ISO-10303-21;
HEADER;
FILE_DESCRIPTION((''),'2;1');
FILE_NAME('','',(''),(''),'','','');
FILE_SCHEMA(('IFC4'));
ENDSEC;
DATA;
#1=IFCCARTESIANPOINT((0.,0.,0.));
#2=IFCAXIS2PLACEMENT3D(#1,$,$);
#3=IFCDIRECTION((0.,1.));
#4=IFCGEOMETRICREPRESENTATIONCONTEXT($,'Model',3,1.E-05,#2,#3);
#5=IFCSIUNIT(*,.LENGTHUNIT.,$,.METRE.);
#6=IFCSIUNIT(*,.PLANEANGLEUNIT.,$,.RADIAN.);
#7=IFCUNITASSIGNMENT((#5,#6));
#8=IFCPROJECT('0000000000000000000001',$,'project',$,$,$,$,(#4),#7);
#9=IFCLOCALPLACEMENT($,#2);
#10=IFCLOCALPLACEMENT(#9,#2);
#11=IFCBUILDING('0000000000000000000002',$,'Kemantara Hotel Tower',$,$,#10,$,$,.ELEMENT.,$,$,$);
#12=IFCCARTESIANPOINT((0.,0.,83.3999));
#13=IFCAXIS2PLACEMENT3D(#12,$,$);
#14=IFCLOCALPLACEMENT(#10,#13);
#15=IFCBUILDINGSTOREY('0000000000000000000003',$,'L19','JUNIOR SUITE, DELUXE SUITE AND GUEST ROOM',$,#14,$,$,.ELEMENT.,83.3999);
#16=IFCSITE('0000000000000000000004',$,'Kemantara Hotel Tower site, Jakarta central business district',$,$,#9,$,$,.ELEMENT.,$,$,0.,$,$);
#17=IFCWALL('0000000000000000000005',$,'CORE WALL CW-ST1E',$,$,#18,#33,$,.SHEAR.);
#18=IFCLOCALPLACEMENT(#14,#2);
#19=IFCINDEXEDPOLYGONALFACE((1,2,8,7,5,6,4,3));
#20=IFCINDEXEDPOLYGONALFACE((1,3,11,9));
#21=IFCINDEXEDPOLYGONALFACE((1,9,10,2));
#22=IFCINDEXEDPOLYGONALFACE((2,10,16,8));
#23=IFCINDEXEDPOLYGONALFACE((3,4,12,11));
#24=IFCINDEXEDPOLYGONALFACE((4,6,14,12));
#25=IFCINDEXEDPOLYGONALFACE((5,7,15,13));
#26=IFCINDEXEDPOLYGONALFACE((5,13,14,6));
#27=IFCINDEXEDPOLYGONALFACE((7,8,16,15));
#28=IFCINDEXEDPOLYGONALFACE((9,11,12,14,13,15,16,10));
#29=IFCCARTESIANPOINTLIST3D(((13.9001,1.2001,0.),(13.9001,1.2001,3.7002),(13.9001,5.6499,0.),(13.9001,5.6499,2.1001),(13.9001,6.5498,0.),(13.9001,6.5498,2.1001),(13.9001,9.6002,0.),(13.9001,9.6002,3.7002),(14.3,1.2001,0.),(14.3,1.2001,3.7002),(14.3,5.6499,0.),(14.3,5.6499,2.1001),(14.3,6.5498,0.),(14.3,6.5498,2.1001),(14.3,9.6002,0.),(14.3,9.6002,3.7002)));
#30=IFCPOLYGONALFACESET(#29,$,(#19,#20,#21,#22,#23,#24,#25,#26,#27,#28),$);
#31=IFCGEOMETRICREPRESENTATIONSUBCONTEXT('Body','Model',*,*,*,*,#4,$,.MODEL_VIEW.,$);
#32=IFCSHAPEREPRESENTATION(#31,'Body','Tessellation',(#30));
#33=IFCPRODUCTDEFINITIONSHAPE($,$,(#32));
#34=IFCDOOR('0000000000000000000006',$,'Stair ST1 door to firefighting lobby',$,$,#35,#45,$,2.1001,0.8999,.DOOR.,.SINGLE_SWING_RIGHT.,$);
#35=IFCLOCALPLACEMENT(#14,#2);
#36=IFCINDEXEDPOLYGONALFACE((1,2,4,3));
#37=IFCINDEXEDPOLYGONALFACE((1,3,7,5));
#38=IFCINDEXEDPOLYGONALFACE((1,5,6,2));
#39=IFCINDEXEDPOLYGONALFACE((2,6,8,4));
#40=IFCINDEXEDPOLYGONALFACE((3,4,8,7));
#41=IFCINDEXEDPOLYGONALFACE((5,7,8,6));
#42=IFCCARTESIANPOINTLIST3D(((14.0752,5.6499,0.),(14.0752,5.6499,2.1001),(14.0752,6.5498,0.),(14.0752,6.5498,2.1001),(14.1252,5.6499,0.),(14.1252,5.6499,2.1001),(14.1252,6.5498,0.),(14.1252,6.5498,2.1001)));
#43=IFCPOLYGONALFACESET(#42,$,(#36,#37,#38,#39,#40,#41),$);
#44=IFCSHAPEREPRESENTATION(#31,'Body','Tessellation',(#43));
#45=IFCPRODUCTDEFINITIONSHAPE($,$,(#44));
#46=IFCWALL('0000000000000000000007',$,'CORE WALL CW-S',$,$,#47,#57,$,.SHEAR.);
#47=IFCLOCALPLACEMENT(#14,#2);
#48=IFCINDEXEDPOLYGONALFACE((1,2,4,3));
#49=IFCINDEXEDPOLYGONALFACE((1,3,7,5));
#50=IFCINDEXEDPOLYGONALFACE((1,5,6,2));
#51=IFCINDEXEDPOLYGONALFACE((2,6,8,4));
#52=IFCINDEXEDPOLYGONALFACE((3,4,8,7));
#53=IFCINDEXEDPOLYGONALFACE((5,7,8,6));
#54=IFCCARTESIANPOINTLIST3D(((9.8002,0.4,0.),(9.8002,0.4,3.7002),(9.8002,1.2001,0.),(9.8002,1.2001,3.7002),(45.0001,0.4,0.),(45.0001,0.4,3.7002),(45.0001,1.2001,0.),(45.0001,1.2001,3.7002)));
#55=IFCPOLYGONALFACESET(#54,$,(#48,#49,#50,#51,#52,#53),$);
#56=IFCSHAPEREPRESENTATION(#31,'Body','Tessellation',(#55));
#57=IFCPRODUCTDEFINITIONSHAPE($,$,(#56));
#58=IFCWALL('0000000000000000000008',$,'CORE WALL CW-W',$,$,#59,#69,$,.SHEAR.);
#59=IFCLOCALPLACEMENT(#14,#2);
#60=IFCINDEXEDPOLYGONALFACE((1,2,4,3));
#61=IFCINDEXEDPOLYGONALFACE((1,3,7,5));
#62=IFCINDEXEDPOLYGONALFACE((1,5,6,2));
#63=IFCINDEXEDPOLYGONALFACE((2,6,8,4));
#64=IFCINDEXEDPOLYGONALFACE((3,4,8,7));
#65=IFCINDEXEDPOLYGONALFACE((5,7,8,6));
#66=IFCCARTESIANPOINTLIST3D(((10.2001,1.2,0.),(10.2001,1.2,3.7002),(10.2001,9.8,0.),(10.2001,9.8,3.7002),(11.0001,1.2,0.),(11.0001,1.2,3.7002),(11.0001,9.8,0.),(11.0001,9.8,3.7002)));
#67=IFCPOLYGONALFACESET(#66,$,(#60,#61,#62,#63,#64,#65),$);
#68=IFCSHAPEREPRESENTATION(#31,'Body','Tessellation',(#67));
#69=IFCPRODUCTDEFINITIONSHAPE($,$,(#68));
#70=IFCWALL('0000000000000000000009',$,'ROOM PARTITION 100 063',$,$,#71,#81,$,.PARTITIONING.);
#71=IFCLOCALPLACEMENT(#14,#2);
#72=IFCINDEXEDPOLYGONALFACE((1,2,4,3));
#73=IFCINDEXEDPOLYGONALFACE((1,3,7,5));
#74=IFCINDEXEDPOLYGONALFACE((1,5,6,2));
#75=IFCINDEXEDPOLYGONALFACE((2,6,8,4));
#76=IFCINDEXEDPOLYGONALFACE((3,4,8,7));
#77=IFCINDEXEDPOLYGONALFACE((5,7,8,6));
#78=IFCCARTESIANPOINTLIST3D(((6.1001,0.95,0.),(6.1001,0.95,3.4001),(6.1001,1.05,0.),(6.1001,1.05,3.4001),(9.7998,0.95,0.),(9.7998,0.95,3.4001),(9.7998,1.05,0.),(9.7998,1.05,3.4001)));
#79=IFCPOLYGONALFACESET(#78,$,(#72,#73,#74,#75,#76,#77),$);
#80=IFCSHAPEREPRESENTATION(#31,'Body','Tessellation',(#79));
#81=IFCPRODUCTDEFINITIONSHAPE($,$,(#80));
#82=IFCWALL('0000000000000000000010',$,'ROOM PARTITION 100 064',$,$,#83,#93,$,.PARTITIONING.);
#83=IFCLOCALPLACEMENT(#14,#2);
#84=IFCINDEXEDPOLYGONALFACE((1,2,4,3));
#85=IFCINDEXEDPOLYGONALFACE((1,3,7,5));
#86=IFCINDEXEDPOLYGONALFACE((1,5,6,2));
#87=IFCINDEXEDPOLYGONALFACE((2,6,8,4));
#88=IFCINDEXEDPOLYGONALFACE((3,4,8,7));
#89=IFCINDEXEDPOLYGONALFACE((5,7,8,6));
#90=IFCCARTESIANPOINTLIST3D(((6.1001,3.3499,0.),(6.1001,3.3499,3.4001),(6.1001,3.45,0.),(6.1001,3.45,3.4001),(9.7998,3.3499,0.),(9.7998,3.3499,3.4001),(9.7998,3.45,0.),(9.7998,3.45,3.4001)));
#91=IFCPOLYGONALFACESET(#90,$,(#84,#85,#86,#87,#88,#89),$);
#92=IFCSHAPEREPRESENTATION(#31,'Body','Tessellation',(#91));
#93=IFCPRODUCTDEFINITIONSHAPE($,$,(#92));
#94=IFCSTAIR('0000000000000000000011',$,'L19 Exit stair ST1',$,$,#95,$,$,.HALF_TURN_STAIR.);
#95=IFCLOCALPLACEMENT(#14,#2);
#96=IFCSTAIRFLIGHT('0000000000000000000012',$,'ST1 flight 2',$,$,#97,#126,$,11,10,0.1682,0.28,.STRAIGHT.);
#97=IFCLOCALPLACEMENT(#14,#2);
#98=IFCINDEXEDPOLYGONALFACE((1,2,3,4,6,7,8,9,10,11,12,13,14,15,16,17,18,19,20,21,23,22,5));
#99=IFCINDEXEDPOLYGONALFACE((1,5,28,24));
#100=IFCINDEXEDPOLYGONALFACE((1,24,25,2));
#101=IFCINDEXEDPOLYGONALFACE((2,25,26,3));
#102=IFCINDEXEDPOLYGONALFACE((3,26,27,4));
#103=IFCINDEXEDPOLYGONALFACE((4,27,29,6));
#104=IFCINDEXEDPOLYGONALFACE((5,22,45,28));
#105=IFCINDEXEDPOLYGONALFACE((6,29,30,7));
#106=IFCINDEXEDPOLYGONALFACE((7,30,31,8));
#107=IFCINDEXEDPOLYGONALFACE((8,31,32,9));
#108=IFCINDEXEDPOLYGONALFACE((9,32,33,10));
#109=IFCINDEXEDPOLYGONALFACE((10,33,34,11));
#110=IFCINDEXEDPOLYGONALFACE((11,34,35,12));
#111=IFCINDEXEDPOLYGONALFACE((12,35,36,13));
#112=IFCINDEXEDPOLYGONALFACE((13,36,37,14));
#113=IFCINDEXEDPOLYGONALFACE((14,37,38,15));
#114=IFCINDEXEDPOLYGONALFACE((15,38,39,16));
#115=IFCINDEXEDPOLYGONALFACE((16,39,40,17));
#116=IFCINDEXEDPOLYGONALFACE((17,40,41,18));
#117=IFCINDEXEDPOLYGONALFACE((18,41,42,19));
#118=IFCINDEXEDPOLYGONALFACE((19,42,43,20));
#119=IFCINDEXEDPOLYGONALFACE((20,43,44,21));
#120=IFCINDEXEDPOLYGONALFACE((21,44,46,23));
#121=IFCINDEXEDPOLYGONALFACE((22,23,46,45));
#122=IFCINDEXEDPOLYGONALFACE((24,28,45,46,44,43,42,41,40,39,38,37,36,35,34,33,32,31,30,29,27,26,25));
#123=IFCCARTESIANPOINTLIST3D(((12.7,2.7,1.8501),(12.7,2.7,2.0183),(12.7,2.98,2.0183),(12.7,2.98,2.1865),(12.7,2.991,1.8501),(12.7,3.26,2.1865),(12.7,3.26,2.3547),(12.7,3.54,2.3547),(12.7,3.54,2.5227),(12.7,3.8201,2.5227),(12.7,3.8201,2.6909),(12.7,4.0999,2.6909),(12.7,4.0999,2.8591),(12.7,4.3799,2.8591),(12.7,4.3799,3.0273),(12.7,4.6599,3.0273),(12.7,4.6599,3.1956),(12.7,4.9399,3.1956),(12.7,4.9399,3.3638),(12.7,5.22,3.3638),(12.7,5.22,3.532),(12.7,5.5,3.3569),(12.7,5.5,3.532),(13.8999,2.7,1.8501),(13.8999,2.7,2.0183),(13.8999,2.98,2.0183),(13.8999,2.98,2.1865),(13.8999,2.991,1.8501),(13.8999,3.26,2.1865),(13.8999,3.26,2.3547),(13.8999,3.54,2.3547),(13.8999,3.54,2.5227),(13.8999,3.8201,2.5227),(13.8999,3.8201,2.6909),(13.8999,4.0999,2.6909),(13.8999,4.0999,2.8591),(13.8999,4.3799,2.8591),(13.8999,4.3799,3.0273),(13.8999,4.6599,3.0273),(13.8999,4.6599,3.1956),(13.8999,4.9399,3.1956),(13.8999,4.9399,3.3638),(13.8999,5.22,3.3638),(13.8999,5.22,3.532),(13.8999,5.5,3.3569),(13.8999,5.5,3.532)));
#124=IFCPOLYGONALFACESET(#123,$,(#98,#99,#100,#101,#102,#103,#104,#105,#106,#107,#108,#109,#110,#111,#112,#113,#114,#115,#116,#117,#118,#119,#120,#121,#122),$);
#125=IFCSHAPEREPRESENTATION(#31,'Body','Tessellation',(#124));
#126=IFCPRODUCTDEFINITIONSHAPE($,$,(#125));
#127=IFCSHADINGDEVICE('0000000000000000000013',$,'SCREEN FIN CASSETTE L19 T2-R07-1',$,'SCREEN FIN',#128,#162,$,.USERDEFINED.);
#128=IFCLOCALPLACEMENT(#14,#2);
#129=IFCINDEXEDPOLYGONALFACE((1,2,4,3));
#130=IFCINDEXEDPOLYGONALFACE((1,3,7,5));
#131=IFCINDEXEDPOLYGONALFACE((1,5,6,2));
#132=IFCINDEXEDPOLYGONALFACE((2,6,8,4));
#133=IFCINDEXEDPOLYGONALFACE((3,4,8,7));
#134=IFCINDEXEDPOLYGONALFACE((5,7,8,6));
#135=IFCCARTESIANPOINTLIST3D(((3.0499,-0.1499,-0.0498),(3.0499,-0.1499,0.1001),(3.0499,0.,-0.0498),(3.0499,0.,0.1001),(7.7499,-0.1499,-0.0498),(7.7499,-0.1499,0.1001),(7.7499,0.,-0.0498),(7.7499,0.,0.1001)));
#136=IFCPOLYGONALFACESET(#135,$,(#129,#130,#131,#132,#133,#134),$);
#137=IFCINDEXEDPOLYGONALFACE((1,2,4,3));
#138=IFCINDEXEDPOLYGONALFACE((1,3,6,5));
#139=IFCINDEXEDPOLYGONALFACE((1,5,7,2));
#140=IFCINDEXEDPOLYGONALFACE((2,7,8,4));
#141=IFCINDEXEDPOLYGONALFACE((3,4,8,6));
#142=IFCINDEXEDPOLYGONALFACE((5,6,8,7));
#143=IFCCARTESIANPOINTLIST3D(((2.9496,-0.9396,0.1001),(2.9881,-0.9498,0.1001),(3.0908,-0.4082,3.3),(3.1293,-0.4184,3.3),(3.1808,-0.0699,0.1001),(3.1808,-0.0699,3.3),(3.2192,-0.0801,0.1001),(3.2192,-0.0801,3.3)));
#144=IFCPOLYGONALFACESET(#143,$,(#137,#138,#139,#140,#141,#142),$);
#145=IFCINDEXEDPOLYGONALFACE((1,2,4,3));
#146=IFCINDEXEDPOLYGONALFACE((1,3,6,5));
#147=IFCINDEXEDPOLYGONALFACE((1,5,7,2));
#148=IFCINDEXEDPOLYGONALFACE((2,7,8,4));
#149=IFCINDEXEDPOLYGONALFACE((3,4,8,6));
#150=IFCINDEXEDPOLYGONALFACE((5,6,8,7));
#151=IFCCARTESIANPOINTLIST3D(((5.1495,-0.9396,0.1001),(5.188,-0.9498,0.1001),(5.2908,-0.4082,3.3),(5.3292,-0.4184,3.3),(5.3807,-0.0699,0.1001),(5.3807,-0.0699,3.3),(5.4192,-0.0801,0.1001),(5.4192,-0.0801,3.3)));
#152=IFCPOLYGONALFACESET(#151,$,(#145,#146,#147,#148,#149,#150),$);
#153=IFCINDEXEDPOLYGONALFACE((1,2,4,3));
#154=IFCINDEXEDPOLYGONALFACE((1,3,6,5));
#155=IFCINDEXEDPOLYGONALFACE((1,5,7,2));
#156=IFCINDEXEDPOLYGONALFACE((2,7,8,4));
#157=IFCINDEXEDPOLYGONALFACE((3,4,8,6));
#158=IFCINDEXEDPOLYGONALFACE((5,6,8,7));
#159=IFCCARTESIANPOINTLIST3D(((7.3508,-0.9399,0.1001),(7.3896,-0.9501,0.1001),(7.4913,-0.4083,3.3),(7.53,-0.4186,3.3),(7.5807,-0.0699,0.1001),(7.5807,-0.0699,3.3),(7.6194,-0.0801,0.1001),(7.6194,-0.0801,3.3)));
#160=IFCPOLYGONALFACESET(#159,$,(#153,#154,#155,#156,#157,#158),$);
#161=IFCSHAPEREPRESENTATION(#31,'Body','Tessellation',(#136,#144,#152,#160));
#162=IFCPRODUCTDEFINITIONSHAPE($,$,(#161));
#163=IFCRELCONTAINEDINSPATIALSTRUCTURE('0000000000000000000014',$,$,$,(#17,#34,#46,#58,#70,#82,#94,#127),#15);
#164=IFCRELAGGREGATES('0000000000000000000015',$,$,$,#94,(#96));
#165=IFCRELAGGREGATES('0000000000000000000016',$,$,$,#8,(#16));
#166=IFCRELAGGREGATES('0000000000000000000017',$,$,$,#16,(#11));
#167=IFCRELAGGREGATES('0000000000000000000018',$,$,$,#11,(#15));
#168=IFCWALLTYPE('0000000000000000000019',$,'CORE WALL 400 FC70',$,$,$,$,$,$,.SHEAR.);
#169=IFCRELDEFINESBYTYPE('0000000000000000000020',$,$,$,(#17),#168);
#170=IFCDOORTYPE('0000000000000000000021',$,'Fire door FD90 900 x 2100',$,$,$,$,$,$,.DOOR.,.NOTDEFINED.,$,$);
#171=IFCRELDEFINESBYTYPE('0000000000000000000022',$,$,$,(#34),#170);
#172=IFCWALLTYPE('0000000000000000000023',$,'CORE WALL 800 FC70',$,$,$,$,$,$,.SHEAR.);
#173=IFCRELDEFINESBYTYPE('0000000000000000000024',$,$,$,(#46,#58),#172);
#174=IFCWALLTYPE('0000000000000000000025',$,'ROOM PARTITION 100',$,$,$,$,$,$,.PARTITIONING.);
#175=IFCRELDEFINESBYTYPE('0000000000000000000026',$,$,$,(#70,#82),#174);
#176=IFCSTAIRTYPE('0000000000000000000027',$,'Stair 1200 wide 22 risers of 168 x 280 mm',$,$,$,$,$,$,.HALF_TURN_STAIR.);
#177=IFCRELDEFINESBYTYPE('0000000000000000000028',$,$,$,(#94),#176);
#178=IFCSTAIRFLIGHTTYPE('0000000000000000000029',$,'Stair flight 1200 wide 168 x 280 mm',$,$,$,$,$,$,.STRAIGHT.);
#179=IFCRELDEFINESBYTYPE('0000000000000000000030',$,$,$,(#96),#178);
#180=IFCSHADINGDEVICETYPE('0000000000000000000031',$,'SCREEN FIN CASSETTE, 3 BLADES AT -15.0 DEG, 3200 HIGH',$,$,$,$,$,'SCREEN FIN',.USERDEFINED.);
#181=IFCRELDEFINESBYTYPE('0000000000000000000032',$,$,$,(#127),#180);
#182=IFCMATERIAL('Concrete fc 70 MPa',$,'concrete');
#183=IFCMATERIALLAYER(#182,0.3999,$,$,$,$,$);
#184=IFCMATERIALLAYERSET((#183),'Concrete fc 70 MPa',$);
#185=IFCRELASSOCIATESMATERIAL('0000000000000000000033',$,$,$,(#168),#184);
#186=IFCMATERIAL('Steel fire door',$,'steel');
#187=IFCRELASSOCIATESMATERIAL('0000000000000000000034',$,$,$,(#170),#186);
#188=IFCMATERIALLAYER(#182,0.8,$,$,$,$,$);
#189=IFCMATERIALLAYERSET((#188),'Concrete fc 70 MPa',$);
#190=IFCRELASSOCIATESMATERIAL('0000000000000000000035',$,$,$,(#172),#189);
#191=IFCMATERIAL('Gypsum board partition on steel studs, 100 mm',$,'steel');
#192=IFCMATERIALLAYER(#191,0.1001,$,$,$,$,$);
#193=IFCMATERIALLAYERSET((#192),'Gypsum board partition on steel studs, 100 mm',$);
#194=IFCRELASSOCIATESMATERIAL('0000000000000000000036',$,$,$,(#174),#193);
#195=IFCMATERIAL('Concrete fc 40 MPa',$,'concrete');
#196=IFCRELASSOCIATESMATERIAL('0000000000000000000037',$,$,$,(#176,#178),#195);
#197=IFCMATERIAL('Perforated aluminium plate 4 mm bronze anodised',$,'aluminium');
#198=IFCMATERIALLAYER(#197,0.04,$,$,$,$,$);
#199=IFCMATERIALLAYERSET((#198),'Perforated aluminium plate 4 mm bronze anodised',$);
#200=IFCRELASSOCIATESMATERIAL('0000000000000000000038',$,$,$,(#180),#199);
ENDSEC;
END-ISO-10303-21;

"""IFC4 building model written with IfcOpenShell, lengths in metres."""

from ifc_helpers import new_model, si_unit, direction, frame, frame_2d, origin, origin_2d, place, context, subcontext, project, spatial, polyline, rectangle, outline, extrude, source, transform, mapped, material, layer, layer_set, type_object, element, fill, aggregate, save


model = new_model("IFC4")

# Units and contexts
model_context = context("Model", 3, precision=1e-05, world=origin(), true_north=direction((0.0, 1.0)))
body_context = subcontext(model_context, "Body", "Model", "MODEL_VIEW")
ifc_project = project(units=[si_unit("LENGTHUNIT", "METRE"), si_unit("PLANEANGLEUNIT", "RADIAN")], contexts=[model_context])

# Site, building, storey
site_placement = place(None, origin())
site = spatial("IfcSite", under=ifc_project, at=site_placement, Name="Kemantara Hotel Tower site, Jakarta central business district", CompositionType="ELEMENT", RefElevation=0.0)
building_placement = place(site_placement, origin())
building = spatial("IfcBuilding", under=site, at=building_placement, Name="Kemantara Hotel Tower", CompositionType="ELEMENT")
storey_placement = place(building_placement, frame((0.0, 0.0, 83.3999)))
storey = spatial("IfcBuildingStorey", under=building, at=storey_placement, Name="L19", Description="JUNIOR SUITE, DELUXE SUITE AND GUEST ROOM", CompositionType="ELEMENT", Elevation=83.3999)

# Shared definitions
ifc_material_1 = material(Name="Concrete fc 70 MPa", Category="concrete")
ifc_layer_1 = layer(ifc_material_1, 0.3999)
ifc_layer_set_1 = layer_set([ifc_layer_1], Name="Concrete fc 70 MPa")
wall_type_1 = type_object("IfcWallType", Name="CORE WALL 400 FC70", PredefinedType="SHEAR", material=ifc_layer_set_1)

# Wall, opening, door
wall_1_placement = place(storey_placement, frame((14.1001, 1.2, 0.0), z_axis=(0.0, 0.0, 1.0), x_axis=(0.0, 1.0, 0.0)))
wall_1 = element("IfcWall", 1, at=wall_1_placement, inside=storey, type_object=wall_type_1, Name="CORE WALL CW-ST1E", PredefinedType="SHEAR", context=body_context, shape_type="SweptSolid", body=[
    extrude(rectangle(XDim=8.4001, YDim=0.3999, at=frame_2d((4.2002, 0.0))), origin(), (0.0, 0.0, 1.0), 3.7002),
])
opening_1_placement = place(wall_1_placement, frame((4.45, 0.0, 0.0)))
opening_1 = element("IfcOpeningElement", 2, at=opening_1_placement, cuts=wall_1, PredefinedType="OPENING", context=body_context, shape_type="SweptSolid", body=[
    extrude(rectangle(XDim=0.8999, YDim=2.1001, at=frame_2d((0.45, 1.05))), frame((0.0, 0.21, 0.0), z_axis=(0.0, -1.0, 0.0), x_axis=(1.0, 0.0, 0.0)), (0.0, 0.0, 1.0), 0.4199),
])
ifc_material_2 = material(Name="Steel fire door", Category="steel")
door_type_1 = type_object("IfcDoorType", Name="Fire door FD90 900 x 2100", OperationType="NOTDEFINED", PredefinedType="DOOR", material=ifc_material_2)
door_1_placement = place(opening_1_placement, origin())
door_1 = element("IfcDoor", 3, at=door_1_placement, inside=storey, type_object=door_type_1, Name="Stair ST1 door to firefighting lobby", OperationType="SINGLE_SWING_RIGHT", OverallHeight=2.1001, OverallWidth=0.8999, PredefinedType="DOOR", context=body_context, shape_type="SweptSolid", body=[
    extrude(rectangle(XDim=0.8999, YDim=2.1001, at=frame_2d((0.45, 1.05))), frame((0.0, 0.0249, 0.0), z_axis=(0.0, -1.0, 0.0), x_axis=(1.0, 0.0, 0.0)), (0.0, 0.0, 1.0), 0.05),
])
fill(opening_1, door_1)

# Walls
ifc_layer_2 = layer(ifc_material_1, 0.8)
ifc_layer_set_2 = layer_set([ifc_layer_2], Name="Concrete fc 70 MPa")
wall_type_2 = type_object("IfcWallType", Name="CORE WALL 800 FC70", PredefinedType="SHEAR", material=ifc_layer_set_2)
wall_2_placement = place(storey_placement, frame((9.8, 0.8, 0.0), z_axis=(0.0, 0.0, 1.0), x_axis=(1.0, 0.0, 0.0)))
element("IfcWall", 4, at=wall_2_placement, inside=storey, type_object=wall_type_2, Name="CORE WALL CW-S", PredefinedType="SHEAR", context=body_context, shape_type="SweptSolid", body=[
    extrude(rectangle(XDim=35.2, YDim=0.8, at=frame_2d((17.6001, 0.0))), origin(), (0.0, 0.0, 1.0), 3.7002),
])
wall_3_placement = place(storey_placement, frame((10.6001, 1.2, 0.0), z_axis=(0.0, 0.0, 1.0), x_axis=(0.0, 1.0, 0.0)))
element("IfcWall", 5, at=wall_3_placement, inside=storey, type_object=wall_type_2, Name="CORE WALL CW-W", PredefinedType="SHEAR", context=body_context, shape_type="SweptSolid", body=[
    extrude(rectangle(XDim=8.6001, YDim=0.8, at=frame_2d((4.3, 0.0))), origin(), (0.0, 0.0, 1.0), 3.7002),
])
ifc_material_3 = material(Name="Gypsum board partition on steel studs, 100 mm", Category="steel")
ifc_layer_3 = layer(ifc_material_3, 0.1001)
ifc_layer_set_3 = layer_set([ifc_layer_3], Name="Gypsum board partition on steel studs, 100 mm")
wall_type_3 = type_object("IfcWallType", Name="ROOM PARTITION 100", PredefinedType="PARTITIONING", material=ifc_layer_set_3)
for number, where, z_axis, x_axis, name in (
    (6, (6.1001, 1.0, 0.0), (0.0, 0.0, 1.0), (1.0, 0.0, 0.0), "ROOM PARTITION 100 063"),
    (7, (6.1001, 3.3999, 0.0), (0.0, 0.0, 1.0), (1.0, 0.0, 0.0), "ROOM PARTITION 100 064"),
):
    element("IfcWall", number, at=place(storey_placement, frame(where, z_axis=z_axis, x_axis=x_axis)), inside=storey, type_object=wall_type_3, Name=name, PredefinedType="PARTITIONING", context=body_context, shape_type="SweptSolid", body=[
        extrude(rectangle(XDim=3.6997, YDim=0.1001, at=frame_2d((1.8499, 0.0))), origin(), (0.0, 0.0, 1.0), 3.4001),
    ])

# Stair, stair flight
ifc_material_4 = material(Name="Concrete fc 40 MPa", Category="concrete")
stair_type = type_object("IfcStairType", Name="Stair 1200 wide 22 risers of 168 x 280 mm", PredefinedType="HALF_TURN_STAIR", material=ifc_material_4)
stair_placement = place(storey_placement, origin())
stair = element("IfcStair", 8, at=stair_placement, inside=storey, type_object=stair_type, Name="L19 Exit stair ST1", PredefinedType="HALF_TURN_STAIR")
stair_flight_type = type_object("IfcStairFlightType", Name="Stair flight 1200 wide 168 x 280 mm", PredefinedType="STRAIGHT", material=ifc_material_4)
stair_flight_placement = place(storey_placement, frame((13.3, 2.7, 1.8501), z_axis=(0.0, 0.0, 1.0), x_axis=(0.0, 1.0, 0.0)))
stair_flight = element("IfcStairFlight", 9, at=stair_flight_placement, type_object=stair_flight_type, Name="ST1 flight 2", NumberOfRisers=11, NumberOfTreads=10, PredefinedType="STRAIGHT", RiserHeight=0.1682, TreadLength=0.28, context=body_context, shape_type="SweptSolid", body=[
    extrude(outline(polyline([(0.0, 0.0), (0.0, 0.1682), (0.28, 0.1682), (0.28, 0.3364), (0.5601, 0.3364), (0.5601, 0.5046), (0.8401, 0.5046), (0.8401, 0.6726), (1.1201, 0.6726), (1.1201, 0.8408), (1.3999, 0.8408), (1.3999, 1.009), (1.6799, 1.009), (1.6799, 1.1772), (1.96, 1.1772), (1.96, 1.3455), (2.24, 1.3455), (2.24, 1.5137), (2.52, 1.5137), (2.52, 1.6819), (2.8, 1.6819), (2.8, 1.8501), (2.8, 1.5068), (0.291, 0.0), (0.0, 0.0)])), frame((0.0, 0.6001, 0.0), z_axis=(0.0, -1.0, 0.0), x_axis=(1.0, 0.0, 0.0)), (0.0, 0.0, 1.0), 1.2),
])
aggregate(stair, [stair_flight])

# Shading device
ifc_material_5 = material(Name="Perforated aluminium plate 4 mm bronze anodised", Category="aluminium")
ifc_layer_4 = layer(ifc_material_5, 0.04)
ifc_layer_set_4 = layer_set([ifc_layer_4], Name="Perforated aluminium plate 4 mm bronze anodised")
shading_device_type_1 = type_object("IfcShadingDeviceType", Name="SCREEN FIN CASSETTE, 3 BLADES AT -15.0 DEG, 3200 HIGH", ElementType="SCREEN FIN", PredefinedType="USERDEFINED", material=ifc_layer_set_4)
shared_shape_1 = source(origin(), body_context, "Body", "SweptSolid", [
    extrude(rectangle(XDim=4.7, YDim=0.1499, at=origin_2d()), frame((2.2, -0.075, -0.1499), z_axis=(0.0, 0.0, 1.0), x_axis=(1.0, 0.0, 0.0)), (0.0, 0.0, 1.0), 0.1499),
    extrude(outline(polyline([(0.0, 0.0), (0.8999, 0.0), (0.3501, 3.2), (0.0, 3.2), (0.0, 0.0)])), frame((0.0193, -0.0801, 0.0), z_axis=(-0.966438, 0.256901, 0.0), x_axis=(-0.256901, -0.966438, 0.0)), (0.0, 0.0, 1.0), 0.0398),
    extrude(outline(polyline([(0.0, 0.0), (0.8999, 0.0), (0.3501, 3.2), (0.0, 3.2), (0.0, 0.0)])), frame((2.2192, -0.0801, 0.0), z_axis=(-0.966438, 0.256901, 0.0), x_axis=(-0.256901, -0.966438, 0.0)), (0.0, 0.0, 1.0), 0.0398),
    extrude(outline(polyline([(0.0, 0.0), (0.8999, 0.0), (0.3501, 3.2), (0.0, 3.2), (0.0, 0.0)])), frame((4.4194, -0.0801, 0.0), z_axis=(-0.966838, 0.255391, 0.0), x_axis=(-0.255391, -0.966838, 0.0)), (0.0, 0.0, 1.0), 0.04),
])
shading_device_1_placement = place(storey_placement, frame((3.2, 0.0, 0.1001), z_axis=(0.0, 0.0, 1.0), x_axis=(1.0, 0.0, 0.0)))
element("IfcShadingDevice", 10, at=shading_device_1_placement, inside=storey, type_object=shading_device_type_1, Name="SCREEN FIN CASSETTE L19 T2-R07-1", ObjectType="SCREEN FIN", PredefinedType="USERDEFINED", context=body_context, shape_type="MappedRepresentation", body=[
    mapped(shared_shape_1, transform((0.0, 0.0, 0.0))),
])

save(model, "model.ifc")
